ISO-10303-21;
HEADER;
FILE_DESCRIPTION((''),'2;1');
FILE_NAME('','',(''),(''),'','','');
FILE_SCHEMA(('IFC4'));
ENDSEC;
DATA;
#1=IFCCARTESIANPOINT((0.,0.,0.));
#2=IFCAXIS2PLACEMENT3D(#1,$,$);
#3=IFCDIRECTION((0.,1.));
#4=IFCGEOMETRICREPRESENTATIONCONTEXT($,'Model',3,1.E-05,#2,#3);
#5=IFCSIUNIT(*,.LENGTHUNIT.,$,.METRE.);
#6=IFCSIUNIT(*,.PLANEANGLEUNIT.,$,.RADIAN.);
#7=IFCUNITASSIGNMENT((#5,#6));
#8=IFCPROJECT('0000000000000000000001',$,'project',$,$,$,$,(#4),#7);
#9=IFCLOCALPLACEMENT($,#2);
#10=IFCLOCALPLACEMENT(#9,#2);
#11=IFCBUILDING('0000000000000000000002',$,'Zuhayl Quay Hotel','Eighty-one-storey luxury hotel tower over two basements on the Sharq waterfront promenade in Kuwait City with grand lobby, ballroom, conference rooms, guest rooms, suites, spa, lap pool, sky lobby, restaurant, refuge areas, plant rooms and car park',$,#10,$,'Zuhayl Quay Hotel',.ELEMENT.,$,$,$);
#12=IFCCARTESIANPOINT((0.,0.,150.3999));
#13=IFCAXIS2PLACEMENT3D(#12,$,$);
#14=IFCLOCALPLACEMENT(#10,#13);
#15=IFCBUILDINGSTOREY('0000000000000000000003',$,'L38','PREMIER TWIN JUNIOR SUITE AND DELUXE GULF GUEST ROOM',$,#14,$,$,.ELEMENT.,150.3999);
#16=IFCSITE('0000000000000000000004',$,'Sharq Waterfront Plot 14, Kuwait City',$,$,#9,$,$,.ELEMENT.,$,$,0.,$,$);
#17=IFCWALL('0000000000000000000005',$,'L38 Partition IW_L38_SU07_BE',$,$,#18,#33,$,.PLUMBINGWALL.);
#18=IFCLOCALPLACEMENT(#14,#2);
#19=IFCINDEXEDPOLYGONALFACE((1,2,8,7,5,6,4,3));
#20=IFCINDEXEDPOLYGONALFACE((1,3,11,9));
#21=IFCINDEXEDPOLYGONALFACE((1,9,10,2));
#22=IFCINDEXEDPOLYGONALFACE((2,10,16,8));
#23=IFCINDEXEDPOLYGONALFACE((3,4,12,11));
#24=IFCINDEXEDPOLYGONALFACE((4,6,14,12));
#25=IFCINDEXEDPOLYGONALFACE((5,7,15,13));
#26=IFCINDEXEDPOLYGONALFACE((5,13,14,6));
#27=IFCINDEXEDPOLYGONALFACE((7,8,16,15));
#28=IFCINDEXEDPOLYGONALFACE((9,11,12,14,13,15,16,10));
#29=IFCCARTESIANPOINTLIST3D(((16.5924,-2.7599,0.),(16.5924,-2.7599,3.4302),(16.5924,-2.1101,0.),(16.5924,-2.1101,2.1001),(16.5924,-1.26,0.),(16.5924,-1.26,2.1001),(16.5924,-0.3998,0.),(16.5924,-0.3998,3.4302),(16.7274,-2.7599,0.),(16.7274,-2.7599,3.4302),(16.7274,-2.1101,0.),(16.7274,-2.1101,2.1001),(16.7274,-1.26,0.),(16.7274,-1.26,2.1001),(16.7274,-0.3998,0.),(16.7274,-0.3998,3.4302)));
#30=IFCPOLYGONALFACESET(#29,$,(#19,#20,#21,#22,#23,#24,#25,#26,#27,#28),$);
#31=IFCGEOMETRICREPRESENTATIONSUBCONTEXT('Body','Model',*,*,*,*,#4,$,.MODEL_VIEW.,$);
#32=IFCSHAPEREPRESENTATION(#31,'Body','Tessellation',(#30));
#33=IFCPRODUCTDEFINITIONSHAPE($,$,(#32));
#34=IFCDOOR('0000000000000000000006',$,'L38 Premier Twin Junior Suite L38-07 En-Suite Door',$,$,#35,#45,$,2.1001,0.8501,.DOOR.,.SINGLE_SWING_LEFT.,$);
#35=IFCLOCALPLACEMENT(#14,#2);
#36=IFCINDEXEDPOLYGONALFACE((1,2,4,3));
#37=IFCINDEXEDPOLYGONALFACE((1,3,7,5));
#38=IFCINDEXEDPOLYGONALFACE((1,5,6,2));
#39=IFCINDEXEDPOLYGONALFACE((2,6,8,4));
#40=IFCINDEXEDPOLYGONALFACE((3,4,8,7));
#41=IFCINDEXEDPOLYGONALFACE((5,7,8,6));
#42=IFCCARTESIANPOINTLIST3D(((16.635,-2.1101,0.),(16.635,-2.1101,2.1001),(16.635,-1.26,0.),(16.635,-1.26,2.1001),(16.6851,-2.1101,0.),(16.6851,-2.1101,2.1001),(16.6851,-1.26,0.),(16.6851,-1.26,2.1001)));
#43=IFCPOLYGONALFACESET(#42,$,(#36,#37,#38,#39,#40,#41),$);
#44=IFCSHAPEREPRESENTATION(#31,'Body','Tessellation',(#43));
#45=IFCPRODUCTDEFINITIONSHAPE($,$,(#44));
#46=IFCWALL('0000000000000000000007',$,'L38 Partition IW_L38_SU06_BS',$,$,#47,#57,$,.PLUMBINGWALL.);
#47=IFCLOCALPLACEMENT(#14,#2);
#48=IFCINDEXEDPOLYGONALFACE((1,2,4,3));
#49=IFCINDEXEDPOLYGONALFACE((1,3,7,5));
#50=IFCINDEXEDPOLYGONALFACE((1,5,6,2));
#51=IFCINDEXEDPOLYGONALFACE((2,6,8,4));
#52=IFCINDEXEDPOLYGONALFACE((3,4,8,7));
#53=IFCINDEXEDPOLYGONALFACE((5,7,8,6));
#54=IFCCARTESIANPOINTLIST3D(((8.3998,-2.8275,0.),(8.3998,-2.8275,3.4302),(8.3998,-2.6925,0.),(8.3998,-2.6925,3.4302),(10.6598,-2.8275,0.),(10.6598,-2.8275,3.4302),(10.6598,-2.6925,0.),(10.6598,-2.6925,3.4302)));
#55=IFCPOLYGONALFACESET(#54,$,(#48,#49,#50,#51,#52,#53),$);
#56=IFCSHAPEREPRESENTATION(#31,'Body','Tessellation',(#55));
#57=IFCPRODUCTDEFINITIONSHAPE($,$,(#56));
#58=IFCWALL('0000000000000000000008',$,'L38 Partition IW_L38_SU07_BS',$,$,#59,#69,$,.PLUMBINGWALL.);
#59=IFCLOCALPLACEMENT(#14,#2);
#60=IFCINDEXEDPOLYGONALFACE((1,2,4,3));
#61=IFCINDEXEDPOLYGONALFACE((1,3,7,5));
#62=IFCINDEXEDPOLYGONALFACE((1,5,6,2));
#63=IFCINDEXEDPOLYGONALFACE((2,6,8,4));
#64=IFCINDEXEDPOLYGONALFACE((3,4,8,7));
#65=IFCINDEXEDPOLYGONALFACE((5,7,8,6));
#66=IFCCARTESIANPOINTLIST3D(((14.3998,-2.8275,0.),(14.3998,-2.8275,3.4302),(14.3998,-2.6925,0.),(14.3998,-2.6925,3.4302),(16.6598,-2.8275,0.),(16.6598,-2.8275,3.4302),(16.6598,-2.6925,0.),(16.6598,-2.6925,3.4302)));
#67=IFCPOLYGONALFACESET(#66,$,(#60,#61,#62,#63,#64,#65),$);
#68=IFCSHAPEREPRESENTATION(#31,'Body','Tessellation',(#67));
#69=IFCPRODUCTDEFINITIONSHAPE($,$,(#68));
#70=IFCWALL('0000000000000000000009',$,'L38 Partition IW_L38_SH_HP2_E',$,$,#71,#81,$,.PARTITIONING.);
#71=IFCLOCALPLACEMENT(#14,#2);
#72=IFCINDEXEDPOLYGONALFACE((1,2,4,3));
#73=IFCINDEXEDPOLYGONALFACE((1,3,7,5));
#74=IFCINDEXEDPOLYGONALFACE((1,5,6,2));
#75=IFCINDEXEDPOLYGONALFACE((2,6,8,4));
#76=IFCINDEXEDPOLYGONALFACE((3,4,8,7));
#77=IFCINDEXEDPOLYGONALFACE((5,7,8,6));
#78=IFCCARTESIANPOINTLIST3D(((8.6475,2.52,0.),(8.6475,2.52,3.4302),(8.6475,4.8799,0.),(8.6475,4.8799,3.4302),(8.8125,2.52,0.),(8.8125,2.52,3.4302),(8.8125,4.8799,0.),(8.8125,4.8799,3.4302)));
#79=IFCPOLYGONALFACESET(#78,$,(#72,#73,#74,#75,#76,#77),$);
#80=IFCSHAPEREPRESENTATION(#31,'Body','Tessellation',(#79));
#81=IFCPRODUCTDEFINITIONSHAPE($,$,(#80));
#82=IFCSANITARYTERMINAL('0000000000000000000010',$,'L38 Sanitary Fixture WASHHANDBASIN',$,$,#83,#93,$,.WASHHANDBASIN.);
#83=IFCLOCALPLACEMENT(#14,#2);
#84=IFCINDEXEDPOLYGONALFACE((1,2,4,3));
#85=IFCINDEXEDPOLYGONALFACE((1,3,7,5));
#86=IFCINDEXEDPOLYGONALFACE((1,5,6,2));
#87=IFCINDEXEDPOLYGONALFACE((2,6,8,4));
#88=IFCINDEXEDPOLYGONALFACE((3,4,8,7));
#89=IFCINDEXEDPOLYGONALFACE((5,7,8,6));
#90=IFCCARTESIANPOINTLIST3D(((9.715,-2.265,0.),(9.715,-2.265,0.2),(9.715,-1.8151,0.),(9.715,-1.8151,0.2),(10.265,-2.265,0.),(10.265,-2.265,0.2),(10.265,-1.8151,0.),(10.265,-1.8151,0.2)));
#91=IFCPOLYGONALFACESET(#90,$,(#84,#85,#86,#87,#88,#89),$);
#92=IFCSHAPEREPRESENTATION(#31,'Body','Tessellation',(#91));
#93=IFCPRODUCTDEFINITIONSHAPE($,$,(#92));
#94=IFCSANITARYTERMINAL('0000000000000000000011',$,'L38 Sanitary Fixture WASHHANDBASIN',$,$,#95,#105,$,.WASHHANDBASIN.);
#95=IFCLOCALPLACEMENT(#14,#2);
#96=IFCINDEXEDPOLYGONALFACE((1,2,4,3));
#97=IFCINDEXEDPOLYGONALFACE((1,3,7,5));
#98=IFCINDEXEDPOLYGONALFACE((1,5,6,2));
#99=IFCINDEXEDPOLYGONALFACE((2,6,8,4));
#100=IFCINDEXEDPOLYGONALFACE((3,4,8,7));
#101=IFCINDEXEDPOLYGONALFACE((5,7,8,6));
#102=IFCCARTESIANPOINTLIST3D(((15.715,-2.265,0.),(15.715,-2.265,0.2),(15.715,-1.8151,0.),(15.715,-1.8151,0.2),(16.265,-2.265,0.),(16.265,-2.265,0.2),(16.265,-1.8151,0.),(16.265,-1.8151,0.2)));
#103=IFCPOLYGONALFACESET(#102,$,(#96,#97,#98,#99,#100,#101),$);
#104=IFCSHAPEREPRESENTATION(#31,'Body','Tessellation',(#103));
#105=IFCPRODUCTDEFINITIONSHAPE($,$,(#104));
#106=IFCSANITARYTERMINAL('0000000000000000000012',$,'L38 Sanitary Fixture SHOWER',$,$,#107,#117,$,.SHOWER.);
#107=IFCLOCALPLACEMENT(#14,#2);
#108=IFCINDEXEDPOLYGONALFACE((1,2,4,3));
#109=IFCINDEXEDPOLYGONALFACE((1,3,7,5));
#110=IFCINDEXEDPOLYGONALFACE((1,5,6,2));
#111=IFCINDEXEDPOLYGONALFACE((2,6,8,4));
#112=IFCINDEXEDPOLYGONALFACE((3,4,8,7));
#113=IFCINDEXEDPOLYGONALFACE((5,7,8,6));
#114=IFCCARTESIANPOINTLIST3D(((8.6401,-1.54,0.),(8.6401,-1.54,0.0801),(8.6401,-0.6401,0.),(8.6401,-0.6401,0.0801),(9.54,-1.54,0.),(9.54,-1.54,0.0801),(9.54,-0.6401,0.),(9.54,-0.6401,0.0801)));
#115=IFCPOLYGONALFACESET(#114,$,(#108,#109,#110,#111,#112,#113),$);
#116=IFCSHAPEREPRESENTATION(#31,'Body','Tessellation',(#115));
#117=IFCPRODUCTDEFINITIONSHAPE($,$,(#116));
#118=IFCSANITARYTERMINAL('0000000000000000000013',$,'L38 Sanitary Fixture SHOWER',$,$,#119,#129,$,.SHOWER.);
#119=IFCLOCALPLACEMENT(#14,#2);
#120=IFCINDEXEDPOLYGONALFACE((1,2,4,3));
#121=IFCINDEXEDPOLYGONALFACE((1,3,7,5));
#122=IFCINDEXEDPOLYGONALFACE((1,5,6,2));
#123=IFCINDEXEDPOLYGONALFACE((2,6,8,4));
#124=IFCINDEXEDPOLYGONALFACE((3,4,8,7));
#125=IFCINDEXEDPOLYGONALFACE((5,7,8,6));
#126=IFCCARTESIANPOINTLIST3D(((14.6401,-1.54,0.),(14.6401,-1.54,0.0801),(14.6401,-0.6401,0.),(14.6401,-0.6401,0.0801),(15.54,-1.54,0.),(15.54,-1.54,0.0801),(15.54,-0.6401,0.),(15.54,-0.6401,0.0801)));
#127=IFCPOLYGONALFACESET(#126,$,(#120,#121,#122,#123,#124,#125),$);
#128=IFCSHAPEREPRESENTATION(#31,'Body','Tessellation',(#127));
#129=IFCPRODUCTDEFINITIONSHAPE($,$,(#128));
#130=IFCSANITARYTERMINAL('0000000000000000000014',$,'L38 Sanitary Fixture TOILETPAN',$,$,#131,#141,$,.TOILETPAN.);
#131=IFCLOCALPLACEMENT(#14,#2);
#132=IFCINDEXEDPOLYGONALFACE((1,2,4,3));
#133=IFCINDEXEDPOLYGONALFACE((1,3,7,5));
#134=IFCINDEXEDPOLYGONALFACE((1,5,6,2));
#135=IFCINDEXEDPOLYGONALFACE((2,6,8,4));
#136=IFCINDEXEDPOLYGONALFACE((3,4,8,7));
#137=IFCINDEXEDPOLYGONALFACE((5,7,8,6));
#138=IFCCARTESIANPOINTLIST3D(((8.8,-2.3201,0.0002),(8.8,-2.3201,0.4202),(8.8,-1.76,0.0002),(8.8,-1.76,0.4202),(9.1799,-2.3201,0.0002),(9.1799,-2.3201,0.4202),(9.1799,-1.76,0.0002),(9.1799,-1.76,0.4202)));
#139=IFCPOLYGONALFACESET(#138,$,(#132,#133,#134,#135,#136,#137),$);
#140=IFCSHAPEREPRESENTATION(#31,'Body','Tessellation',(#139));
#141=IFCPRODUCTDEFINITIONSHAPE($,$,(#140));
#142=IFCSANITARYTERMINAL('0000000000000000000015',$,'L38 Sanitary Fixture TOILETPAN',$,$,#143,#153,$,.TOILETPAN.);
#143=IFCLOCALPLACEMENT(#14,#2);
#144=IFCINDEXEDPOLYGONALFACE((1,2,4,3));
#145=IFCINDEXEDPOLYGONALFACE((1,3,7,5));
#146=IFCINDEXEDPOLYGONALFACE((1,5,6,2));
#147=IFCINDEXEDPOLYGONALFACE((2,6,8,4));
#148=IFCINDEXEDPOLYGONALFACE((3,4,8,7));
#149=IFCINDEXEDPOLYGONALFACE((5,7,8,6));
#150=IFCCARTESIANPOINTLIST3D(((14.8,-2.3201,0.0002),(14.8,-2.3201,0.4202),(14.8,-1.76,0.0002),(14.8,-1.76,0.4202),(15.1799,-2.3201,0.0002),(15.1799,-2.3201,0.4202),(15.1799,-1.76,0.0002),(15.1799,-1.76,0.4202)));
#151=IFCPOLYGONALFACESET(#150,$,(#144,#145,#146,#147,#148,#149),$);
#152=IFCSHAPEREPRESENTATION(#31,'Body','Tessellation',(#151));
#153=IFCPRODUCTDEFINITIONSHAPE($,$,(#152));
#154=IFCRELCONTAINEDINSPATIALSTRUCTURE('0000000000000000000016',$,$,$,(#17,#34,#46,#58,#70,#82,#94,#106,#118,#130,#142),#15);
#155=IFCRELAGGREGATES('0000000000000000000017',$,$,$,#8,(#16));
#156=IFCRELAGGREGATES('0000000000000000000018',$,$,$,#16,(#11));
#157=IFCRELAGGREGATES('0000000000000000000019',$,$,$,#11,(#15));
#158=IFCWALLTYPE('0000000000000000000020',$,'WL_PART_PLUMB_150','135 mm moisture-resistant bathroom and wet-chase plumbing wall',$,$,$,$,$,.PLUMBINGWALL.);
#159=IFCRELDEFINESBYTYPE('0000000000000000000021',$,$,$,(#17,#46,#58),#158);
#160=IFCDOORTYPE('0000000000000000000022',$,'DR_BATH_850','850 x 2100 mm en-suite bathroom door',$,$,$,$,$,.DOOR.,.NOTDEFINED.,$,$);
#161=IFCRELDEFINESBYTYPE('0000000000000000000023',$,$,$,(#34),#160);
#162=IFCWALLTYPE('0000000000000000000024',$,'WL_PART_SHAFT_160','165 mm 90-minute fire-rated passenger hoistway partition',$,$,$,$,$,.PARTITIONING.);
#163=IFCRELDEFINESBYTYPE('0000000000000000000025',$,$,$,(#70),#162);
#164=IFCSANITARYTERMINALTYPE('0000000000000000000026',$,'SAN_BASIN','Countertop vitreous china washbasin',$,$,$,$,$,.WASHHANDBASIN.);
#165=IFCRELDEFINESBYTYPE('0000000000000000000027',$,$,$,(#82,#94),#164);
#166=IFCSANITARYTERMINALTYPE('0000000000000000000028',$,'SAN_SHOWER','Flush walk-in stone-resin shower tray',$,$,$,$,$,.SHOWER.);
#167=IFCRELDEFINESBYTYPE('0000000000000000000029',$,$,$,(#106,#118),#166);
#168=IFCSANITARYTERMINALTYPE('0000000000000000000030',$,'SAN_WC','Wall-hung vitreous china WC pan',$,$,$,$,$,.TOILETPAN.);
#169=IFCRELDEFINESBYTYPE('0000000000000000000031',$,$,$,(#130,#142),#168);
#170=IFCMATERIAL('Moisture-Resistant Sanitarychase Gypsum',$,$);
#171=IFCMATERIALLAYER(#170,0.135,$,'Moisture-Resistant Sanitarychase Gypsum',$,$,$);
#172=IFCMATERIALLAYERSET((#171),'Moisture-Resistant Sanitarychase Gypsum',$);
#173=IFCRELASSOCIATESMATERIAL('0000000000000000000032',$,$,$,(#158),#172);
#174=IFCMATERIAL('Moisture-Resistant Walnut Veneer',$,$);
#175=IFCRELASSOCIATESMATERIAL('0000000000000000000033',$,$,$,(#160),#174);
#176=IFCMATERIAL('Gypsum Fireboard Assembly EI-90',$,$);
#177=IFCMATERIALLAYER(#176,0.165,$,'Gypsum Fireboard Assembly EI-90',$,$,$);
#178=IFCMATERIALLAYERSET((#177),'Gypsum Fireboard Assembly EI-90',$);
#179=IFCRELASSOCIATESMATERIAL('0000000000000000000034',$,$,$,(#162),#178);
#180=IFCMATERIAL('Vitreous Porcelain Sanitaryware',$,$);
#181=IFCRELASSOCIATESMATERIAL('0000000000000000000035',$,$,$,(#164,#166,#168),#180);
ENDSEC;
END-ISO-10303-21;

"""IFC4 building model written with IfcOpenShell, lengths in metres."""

from ifc_helpers import new_model, si_unit, direction, frame, frame_2d, origin, origin_2d, place, context, subcontext, project, spatial, rectangle, extrude, material, layer, layer_set, type_object, element, fill, save


model = new_model("IFC4")

# Units and contexts
model_context = context("Model", 3, precision=1e-05, world=origin(), true_north=direction((0.0, 1.0)))
body_context = subcontext(model_context, "Body", "Model", "MODEL_VIEW")
ifc_project = project(units=[si_unit("LENGTHUNIT", "METRE"), si_unit("PLANEANGLEUNIT", "RADIAN")], contexts=[model_context])

# Site, building, storey
site_placement = place(None, origin())
site = spatial("IfcSite", under=ifc_project, at=site_placement, Name="Sharq Waterfront Plot 14, Kuwait City", CompositionType="ELEMENT", RefElevation=0.0)
building_placement = place(site_placement, origin())
building = spatial("IfcBuilding", under=site, at=building_placement, Name="Zuhayl Quay Hotel", Description="Eighty-one-storey luxury hotel tower over two basements on the Sharq waterfront promenade in Kuwait City with grand lobby, ballroom, conference rooms, guest rooms, suites, spa, lap pool, sky lobby, restaurant, refuge areas, plant rooms and car park", LongName="Zuhayl Quay Hotel", CompositionType="ELEMENT")
storey_placement = place(building_placement, frame((0.0, 0.0, 150.3999)))
storey = spatial("IfcBuildingStorey", under=building, at=storey_placement, Name="L38", Description="PREMIER TWIN JUNIOR SUITE AND DELUXE GULF GUEST ROOM", CompositionType="ELEMENT", Elevation=150.3999)

# Wall, opening, door
ifc_material_1 = material(Name="Moisture-Resistant Sanitarychase Gypsum")
ifc_layer_1 = layer(ifc_material_1, 0.135, Name="Moisture-Resistant Sanitarychase Gypsum")
ifc_layer_set_1 = layer_set([ifc_layer_1], Name="Moisture-Resistant Sanitarychase Gypsum")
wall_type_1 = type_object("IfcWallType", Name="WL_PART_PLUMB_150", Description="135 mm moisture-resistant bathroom and wet-chase plumbing wall", PredefinedType="PLUMBINGWALL", material=ifc_layer_set_1)
ifc_material_2 = material(Name="Moisture-Resistant Walnut Veneer")
door_type_1 = type_object("IfcDoorType", Name="DR_BATH_850", Description="850 x 2100 mm en-suite bathroom door", OperationType="NOTDEFINED", PredefinedType="DOOR", material=ifc_material_2)
wall_1_placement = place(storey_placement, frame((16.6599, -2.76, 0.0), z_axis=(0.0, 0.0, 1.0), x_axis=(0.0, 1.0, 0.0)))
wall_1 = element("IfcWall", 1, at=wall_1_placement, inside=storey, type_object=wall_type_1, Name="L38 Partition IW_L38_SU07_BE", PredefinedType="PLUMBINGWALL", context=body_context, shape_type="SweptSolid", body=[
    extrude(rectangle(XDim=2.3601, YDim=0.135, at=frame_2d((1.1802, 0.0))), origin(), (0.0, 0.0, 1.0), 3.4302),
])
opening_1_placement = place(wall_1_placement, frame((0.6499, 0.0, 0.0)))
opening_1 = element("IfcOpeningElement", 2, at=opening_1_placement, cuts=wall_1, PredefinedType="OPENING", context=body_context, shape_type="SweptSolid", body=[
    extrude(rectangle(XDim=0.8501, YDim=2.1001, at=frame_2d((0.425, 1.05))), frame((0.0, 0.0774, 0.0), z_axis=(0.0, -1.0, 0.0), x_axis=(1.0, 0.0, 0.0)), (0.0, 0.0, 1.0), 0.155),
])
door_1_placement = place(opening_1_placement, origin())
door_1 = element("IfcDoor", 3, at=door_1_placement, inside=storey, type_object=door_type_1, Name="L38 Premier Twin Junior Suite L38-07 En-Suite Door", OperationType="SINGLE_SWING_LEFT", OverallHeight=2.1001, OverallWidth=0.8501, PredefinedType="DOOR", context=body_context, shape_type="SweptSolid", body=[
    extrude(rectangle(XDim=0.8501, YDim=2.1001, at=frame_2d((0.425, 1.05))), frame((0.0, 0.0249, 0.0), z_axis=(0.0, -1.0, 0.0), x_axis=(1.0, 0.0, 0.0)), (0.0, 0.0, 1.0), 0.05),
])
fill(opening_1, door_1)

# Walls
for number, where, z_axis, x_axis, name in (
    (4, (8.3999, -2.76, 0.0), (0.0, 0.0, 1.0), (1.0, 0.0, 0.0), "L38 Partition IW_L38_SU06_BS"),
    (5, (14.3999, -2.76, 0.0), (0.0, 0.0, 1.0), (1.0, 0.0, 0.0), "L38 Partition IW_L38_SU07_BS"),
):
    element("IfcWall", number, at=place(storey_placement, frame(where, z_axis=z_axis, x_axis=x_axis)), inside=storey, type_object=wall_type_1, Name=name, PredefinedType="PLUMBINGWALL", context=body_context, shape_type="SweptSolid", body=[
        extrude(rectangle(XDim=2.26, YDim=0.135, at=frame_2d((1.1299, 0.0))), origin(), (0.0, 0.0, 1.0), 3.4302),
    ])
ifc_material_3 = material(Name="Gypsum Fireboard Assembly EI-90")
ifc_layer_2 = layer(ifc_material_3, 0.165, Name="Gypsum Fireboard Assembly EI-90")
ifc_layer_set_2 = layer_set([ifc_layer_2], Name="Gypsum Fireboard Assembly EI-90")
wall_type_2 = type_object("IfcWallType", Name="WL_PART_SHAFT_160", Description="165 mm 90-minute fire-rated passenger hoistway partition", PredefinedType="PARTITIONING", material=ifc_layer_set_2)
wall_2_placement = place(storey_placement, frame((8.73, 2.52, 0.0), z_axis=(0.0, 0.0, 1.0), x_axis=(0.0, 1.0, 0.0)))
element("IfcWall", 6, at=wall_2_placement, inside=storey, type_object=wall_type_2, Name="L38 Partition IW_L38_SH_HP2_E", PredefinedType="PARTITIONING", context=body_context, shape_type="SweptSolid", body=[
    extrude(rectangle(XDim=2.3599, YDim=0.165, at=frame_2d((1.1799, 0.0))), origin(), (0.0, 0.0, 1.0), 3.4302),
])

# Sanitary terminals
ifc_material_4 = material(Name="Vitreous Porcelain Sanitaryware")
sanitary_terminal_type_1 = type_object("IfcSanitaryTerminalType", Name="SAN_BASIN", Description="Countertop vitreous china washbasin", PredefinedType="WASHHANDBASIN", material=ifc_material_4)
for number, where, z_axis, x_axis, name in (
    (7, (9.99, -2.04, 0.0), (0.0, 0.0, 1.0), (1.0, 0.0, 0.0), "L38 Sanitary Fixture WASHHANDBASIN"),
    (8, (15.99, -2.04, 0.0), (0.0, 0.0, 1.0), (1.0, 0.0, 0.0), "L38 Sanitary Fixture WASHHANDBASIN"),
):
    element("IfcSanitaryTerminal", number, at=place(storey_placement, frame(where, z_axis=z_axis, x_axis=x_axis)), inside=storey, type_object=sanitary_terminal_type_1, Name=name, PredefinedType="WASHHANDBASIN", context=body_context, shape_type="SweptSolid", body=[
        extrude(rectangle(XDim=0.55, YDim=0.45, at=origin_2d()), origin(), (0.0, 0.0, 1.0), 0.2),
    ])
sanitary_terminal_type_2 = type_object("IfcSanitaryTerminalType", Name="SAN_SHOWER", Description="Flush walk-in stone-resin shower tray", PredefinedType="SHOWER", material=ifc_material_4)
for number, where, z_axis, x_axis, name in (
    (9, (9.0901, -1.0901, 0.0), (0.0, 0.0, 1.0), (1.0, 0.0, 0.0), "L38 Sanitary Fixture SHOWER"),
    (10, (15.0901, -1.0901, 0.0), (0.0, 0.0, 1.0), (1.0, 0.0, 0.0), "L38 Sanitary Fixture SHOWER"),
):
    element("IfcSanitaryTerminal", number, at=place(storey_placement, frame(where, z_axis=z_axis, x_axis=x_axis)), inside=storey, type_object=sanitary_terminal_type_2, Name=name, PredefinedType="SHOWER", context=body_context, shape_type="SweptSolid", body=[
        extrude(rectangle(XDim=0.8999, YDim=0.8999, at=origin_2d()), origin(), (0.0, 0.0, 1.0), 0.0801),
    ])
sanitary_terminal_type_3 = type_object("IfcSanitaryTerminalType", Name="SAN_WC", Description="Wall-hung vitreous china WC pan", PredefinedType="TOILETPAN", material=ifc_material_4)
for number, where, z_axis, x_axis, name in (
    (11, (8.99, -2.04, 0.0002), (0.0, 0.0, 1.0), (1.0, 0.0, 0.0), "L38 Sanitary Fixture TOILETPAN"),
    (12, (14.99, -2.04, 0.0002), (0.0, 0.0, 1.0), (1.0, 0.0, 0.0), "L38 Sanitary Fixture TOILETPAN"),
):
    element("IfcSanitaryTerminal", number, at=place(storey_placement, frame(where, z_axis=z_axis, x_axis=x_axis)), inside=storey, type_object=sanitary_terminal_type_3, Name=name, PredefinedType="TOILETPAN", context=body_context, shape_type="SweptSolid", body=[
        extrude(rectangle(XDim=0.3799, YDim=0.5601, at=origin_2d()), origin(), (0.0, 0.0, 1.0), 0.4199),
    ])

save(model, "model.ifc")
